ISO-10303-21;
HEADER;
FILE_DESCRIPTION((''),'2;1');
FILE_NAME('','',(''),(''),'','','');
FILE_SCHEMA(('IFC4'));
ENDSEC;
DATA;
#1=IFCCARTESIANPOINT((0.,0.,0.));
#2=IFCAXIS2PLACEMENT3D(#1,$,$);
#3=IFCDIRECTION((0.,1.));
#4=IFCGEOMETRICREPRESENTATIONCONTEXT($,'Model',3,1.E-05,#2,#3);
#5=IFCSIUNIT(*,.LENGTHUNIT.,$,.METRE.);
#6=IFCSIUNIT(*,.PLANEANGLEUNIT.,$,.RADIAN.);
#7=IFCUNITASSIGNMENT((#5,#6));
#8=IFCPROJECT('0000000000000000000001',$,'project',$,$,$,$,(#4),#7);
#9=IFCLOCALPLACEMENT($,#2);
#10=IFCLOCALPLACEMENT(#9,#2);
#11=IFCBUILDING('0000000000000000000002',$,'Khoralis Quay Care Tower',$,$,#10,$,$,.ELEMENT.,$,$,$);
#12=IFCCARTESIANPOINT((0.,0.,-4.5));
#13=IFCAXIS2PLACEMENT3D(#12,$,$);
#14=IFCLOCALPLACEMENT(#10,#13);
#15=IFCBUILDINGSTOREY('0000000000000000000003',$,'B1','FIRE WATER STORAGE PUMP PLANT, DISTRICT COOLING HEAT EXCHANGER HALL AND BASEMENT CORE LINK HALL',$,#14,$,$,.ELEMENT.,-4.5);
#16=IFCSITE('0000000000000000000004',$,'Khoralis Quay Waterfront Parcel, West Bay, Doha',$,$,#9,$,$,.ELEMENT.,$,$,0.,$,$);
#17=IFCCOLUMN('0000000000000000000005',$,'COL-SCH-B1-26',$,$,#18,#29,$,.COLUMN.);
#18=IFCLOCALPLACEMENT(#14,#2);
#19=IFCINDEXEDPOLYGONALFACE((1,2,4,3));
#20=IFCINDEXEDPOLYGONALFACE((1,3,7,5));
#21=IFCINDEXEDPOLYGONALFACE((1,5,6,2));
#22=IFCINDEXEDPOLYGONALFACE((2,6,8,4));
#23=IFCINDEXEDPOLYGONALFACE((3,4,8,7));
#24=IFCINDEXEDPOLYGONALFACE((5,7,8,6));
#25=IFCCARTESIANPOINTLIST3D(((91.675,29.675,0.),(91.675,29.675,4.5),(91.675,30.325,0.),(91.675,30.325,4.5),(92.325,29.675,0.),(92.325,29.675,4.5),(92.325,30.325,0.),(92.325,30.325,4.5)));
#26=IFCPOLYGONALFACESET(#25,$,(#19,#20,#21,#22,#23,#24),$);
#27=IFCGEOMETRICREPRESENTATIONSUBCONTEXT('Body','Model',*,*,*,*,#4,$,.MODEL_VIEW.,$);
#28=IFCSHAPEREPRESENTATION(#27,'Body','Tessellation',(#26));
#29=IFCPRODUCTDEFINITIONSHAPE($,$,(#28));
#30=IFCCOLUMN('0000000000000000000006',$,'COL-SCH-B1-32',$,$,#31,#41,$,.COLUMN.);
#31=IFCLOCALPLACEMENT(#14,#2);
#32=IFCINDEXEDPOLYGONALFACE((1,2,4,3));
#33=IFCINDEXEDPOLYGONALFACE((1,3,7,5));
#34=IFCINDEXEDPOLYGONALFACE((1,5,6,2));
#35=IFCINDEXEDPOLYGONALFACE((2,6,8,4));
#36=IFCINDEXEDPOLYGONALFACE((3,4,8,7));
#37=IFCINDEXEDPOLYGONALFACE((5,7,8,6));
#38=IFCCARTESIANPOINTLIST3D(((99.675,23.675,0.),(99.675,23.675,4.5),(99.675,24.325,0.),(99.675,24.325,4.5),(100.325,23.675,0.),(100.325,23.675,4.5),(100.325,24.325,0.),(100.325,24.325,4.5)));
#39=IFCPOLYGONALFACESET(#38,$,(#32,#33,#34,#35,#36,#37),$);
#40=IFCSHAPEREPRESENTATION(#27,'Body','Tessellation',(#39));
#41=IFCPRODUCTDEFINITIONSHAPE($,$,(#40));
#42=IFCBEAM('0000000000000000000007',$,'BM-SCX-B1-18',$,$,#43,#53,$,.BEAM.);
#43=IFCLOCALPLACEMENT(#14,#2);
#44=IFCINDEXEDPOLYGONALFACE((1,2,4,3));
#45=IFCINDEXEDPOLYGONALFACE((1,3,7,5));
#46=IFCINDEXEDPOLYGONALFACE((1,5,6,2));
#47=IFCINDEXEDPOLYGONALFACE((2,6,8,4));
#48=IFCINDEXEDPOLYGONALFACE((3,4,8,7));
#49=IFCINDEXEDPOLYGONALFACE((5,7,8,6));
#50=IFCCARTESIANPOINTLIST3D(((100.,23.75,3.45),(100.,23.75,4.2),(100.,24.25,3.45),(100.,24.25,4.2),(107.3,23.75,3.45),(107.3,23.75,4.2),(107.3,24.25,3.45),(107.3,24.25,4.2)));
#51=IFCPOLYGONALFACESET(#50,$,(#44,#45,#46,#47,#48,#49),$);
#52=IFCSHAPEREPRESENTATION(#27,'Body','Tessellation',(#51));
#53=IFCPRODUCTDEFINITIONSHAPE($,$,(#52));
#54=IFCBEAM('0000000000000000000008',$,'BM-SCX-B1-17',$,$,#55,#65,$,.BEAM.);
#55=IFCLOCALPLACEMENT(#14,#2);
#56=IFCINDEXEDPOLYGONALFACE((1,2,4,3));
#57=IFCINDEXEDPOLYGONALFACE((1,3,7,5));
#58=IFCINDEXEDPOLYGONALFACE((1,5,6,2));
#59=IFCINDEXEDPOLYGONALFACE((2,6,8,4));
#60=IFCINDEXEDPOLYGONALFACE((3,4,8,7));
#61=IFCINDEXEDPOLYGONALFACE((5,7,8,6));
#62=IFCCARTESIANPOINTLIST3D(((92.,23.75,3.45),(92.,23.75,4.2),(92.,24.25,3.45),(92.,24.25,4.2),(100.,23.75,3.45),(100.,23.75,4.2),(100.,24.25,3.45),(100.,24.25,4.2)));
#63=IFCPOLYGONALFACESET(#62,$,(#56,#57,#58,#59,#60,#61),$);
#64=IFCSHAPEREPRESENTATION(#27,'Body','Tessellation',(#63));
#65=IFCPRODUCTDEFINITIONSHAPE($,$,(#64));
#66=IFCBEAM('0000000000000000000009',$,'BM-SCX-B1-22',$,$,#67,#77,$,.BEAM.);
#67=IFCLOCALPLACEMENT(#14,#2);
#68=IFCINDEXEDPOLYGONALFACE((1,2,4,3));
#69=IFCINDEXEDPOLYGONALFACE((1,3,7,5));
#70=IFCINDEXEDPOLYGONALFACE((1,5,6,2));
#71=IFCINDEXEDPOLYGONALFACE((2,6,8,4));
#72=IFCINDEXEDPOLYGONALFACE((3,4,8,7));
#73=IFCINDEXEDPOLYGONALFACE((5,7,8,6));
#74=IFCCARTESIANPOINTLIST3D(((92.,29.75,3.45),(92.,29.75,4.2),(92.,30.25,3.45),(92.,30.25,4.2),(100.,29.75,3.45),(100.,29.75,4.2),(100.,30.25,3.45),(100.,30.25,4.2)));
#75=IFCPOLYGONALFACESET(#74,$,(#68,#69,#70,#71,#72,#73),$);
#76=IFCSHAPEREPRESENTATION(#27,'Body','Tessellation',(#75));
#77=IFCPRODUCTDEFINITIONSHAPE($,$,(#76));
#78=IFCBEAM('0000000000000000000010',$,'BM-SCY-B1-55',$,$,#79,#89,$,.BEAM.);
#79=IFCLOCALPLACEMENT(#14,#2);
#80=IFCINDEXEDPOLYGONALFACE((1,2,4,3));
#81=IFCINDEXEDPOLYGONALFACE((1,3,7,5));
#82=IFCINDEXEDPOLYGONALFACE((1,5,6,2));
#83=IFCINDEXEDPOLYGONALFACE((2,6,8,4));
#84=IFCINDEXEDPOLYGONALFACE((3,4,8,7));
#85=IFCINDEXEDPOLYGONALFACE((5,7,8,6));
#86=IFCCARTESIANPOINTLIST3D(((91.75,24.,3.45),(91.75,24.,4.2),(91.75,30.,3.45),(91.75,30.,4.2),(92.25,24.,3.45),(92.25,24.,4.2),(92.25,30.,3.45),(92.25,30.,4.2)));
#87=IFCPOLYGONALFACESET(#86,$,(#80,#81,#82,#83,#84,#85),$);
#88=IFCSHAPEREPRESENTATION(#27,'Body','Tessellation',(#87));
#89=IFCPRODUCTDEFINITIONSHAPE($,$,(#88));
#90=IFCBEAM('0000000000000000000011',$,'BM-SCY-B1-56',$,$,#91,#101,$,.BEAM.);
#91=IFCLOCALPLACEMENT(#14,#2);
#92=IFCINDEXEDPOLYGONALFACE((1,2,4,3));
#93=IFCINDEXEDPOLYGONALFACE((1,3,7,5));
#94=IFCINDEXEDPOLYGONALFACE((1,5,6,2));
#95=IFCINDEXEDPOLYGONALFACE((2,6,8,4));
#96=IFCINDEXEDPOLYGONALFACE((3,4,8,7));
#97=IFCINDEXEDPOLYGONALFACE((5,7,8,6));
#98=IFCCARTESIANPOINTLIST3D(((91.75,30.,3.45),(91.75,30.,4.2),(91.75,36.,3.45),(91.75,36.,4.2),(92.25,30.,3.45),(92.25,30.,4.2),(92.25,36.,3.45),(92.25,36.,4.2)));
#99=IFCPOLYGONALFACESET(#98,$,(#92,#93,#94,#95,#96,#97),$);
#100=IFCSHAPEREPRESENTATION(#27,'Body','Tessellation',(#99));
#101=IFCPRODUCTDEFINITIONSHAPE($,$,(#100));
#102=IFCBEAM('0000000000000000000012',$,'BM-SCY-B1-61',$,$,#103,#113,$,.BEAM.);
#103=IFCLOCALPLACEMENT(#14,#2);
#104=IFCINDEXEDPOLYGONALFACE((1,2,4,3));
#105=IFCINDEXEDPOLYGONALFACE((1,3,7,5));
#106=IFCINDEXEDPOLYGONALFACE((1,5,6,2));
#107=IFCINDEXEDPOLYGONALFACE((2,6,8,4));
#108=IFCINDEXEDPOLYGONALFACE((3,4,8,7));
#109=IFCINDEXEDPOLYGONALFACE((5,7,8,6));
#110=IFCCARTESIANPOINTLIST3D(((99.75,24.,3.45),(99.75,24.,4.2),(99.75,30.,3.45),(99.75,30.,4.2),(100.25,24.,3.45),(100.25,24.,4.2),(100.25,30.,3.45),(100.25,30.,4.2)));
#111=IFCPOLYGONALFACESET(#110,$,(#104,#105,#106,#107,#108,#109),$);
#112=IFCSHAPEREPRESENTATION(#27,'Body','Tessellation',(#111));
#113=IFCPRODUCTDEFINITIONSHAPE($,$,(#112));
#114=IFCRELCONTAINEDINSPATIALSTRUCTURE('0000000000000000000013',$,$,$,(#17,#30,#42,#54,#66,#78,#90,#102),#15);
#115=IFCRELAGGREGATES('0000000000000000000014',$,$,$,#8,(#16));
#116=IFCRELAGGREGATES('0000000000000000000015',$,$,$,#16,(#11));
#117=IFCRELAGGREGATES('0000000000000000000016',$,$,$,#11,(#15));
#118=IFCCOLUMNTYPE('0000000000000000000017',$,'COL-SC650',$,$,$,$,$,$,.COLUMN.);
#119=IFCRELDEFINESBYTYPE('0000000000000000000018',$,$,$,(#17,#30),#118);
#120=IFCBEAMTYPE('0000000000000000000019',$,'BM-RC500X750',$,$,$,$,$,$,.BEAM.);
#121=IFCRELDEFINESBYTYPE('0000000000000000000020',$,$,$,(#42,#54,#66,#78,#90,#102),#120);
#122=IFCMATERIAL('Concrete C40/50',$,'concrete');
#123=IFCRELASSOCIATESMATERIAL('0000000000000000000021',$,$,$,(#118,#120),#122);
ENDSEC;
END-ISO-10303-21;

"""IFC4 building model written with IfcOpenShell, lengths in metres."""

from ifc_helpers import new_model, si_unit, direction, frame, origin, origin_2d, place, context, subcontext, project, spatial, rectangle, extrude, source, transform, mapped, material, material_profile, profile_set, type_object, element, save


model = new_model("IFC4")

# Units and contexts
model_context = context("Model", 3, precision=1e-05, world=origin(), true_north=direction((0.0, 1.0)))
body_context = subcontext(model_context, "Body", "Model", "MODEL_VIEW")
ifc_project = project(units=[si_unit("LENGTHUNIT", "METRE"), si_unit("PLANEANGLEUNIT", "RADIAN")], contexts=[model_context])

# Site, building, storey
site_placement = place(None, origin())
site = spatial("IfcSite", under=ifc_project, at=site_placement, Name="Khoralis Quay Waterfront Parcel, West Bay, Doha", CompositionType="ELEMENT", RefElevation=0.0)
building_placement = place(site_placement, origin())
building = spatial("IfcBuilding", under=site, at=building_placement, Name="Khoralis Quay Care Tower", CompositionType="ELEMENT")
storey_placement = place(building_placement, frame((0.0, 0.0, -4.5)))
storey = spatial("IfcBuildingStorey", under=building, at=storey_placement, Name="B1", Description="FIRE WATER STORAGE PUMP PLANT, DISTRICT COOLING HEAT EXCHANGER HALL AND BASEMENT CORE LINK HALL", CompositionType="ELEMENT", Elevation=-4.5)

# Columns
ifc_material_1 = material(Name="Concrete C40/50", Category="concrete")
ifc_material_profile_1 = material_profile(ifc_material_1, rectangle(XDim=0.6499, YDim=0.6499, at=origin_2d()), Name="Concrete C40/50")
ifc_profile_set_1 = profile_set([ifc_material_profile_1], Name="Concrete C40/50")
column_type = type_object("IfcColumnType", Name="COL-SC650", PredefinedType="COLUMN", material=ifc_profile_set_1)
shared_shape_1 = source(origin(), body_context, "Body", "SweptSolid", [
    extrude(rectangle(XDim=0.6499, YDim=0.6499, at=origin_2d()), origin(), (0.0, 0.0, 1.0), 4.5),
])
for number, where, z_axis, x_axis, name in (
    (1, (92.0, 30.0, 0.0), (0.0, 0.0, 1.0), (1.0, 0.0, 0.0), "COL-SCH-B1-26"),
    (2, (100.0, 24.0, 0.0), (0.0, 0.0, 1.0), (1.0, 0.0, 0.0), "COL-SCH-B1-32"),
):
    element("IfcColumn", number, at=place(storey_placement, frame(where, z_axis=z_axis, x_axis=x_axis)), inside=storey, type_object=column_type, Name=name, PredefinedType="COLUMN", context=body_context, shape_type="MappedRepresentation", body=[
        mapped(shared_shape_1, transform((0.0, 0.0, 0.0), scale=1.0)),
    ])

# Beams
ifc_material_profile_2 = material_profile(ifc_material_1, rectangle(XDim=0.5, YDim=0.75, at=origin_2d()), Name="Concrete C40/50")
ifc_profile_set_2 = profile_set([ifc_material_profile_2], Name="Concrete C40/50")
beam_type = type_object("IfcBeamType", Name="BM-RC500X750", PredefinedType="BEAM", material=ifc_profile_set_2)
shared_shape_2 = source(origin(), body_context, "Body", "SweptSolid", [
    extrude(rectangle(XDim=0.5, YDim=0.75, at=origin_2d()), origin(), (0.0, 0.0, 1.0), 7.3),
])
beam_placement = place(storey_placement, frame((100.0, 24.0, 3.825), z_axis=(1.0, 0.0, 0.0), x_axis=(0.0, 1.0, 0.0)))
element("IfcBeam", 3, at=beam_placement, inside=storey, type_object=beam_type, Name="BM-SCX-B1-18", PredefinedType="BEAM", context=body_context, shape_type="MappedRepresentation", body=[
    mapped(shared_shape_2, transform((0.0, 0.0, 0.0), scale=1.0)),
])
shared_shape_3 = source(origin(), body_context, "Body", "SweptSolid", [
    extrude(rectangle(XDim=0.5, YDim=0.75, at=origin_2d()), origin(), (0.0, 0.0, 1.0), 8.0),
])
for number, where, z_axis, x_axis, name in (
    (4, (92.0, 24.0, 3.825), (1.0, 0.0, 0.0), (0.0, 1.0, 0.0), "BM-SCX-B1-17"),
    (5, (92.0, 30.0, 3.825), (1.0, 0.0, 0.0), (0.0, 1.0, 0.0), "BM-SCX-B1-22"),
):
    element("IfcBeam", number, at=place(storey_placement, frame(where, z_axis=z_axis, x_axis=x_axis)), inside=storey, type_object=beam_type, Name=name, PredefinedType="BEAM", context=body_context, shape_type="MappedRepresentation", body=[
        mapped(shared_shape_3, transform((0.0, 0.0, 0.0), scale=1.0)),
    ])
shared_shape_4 = source(origin(), body_context, "Body", "SweptSolid", [
    extrude(rectangle(XDim=0.5, YDim=0.75, at=origin_2d()), origin(), (0.0, 0.0, 1.0), 6.0),
])
for number, where, z_axis, x_axis, name in (
    (6, (92.0, 24.0, 3.825), (0.0, 1.0, 0.0), (-1.0, 0.0, 0.0), "BM-SCY-B1-55"),
    (7, (92.0, 30.0, 3.825), (0.0, 1.0, 0.0), (-1.0, 0.0, 0.0), "BM-SCY-B1-56"),
    (8, (100.0, 24.0, 3.825), (0.0, 1.0, 0.0), (-1.0, 0.0, 0.0), "BM-SCY-B1-61"),
):
    element("IfcBeam", number, at=place(storey_placement, frame(where, z_axis=z_axis, x_axis=x_axis)), inside=storey, type_object=beam_type, Name=name, PredefinedType="BEAM", context=body_context, shape_type="MappedRepresentation", body=[
        mapped(shared_shape_4, transform((0.0, 0.0, 0.0), scale=1.0)),
    ])

save(model, "model.ifc")
